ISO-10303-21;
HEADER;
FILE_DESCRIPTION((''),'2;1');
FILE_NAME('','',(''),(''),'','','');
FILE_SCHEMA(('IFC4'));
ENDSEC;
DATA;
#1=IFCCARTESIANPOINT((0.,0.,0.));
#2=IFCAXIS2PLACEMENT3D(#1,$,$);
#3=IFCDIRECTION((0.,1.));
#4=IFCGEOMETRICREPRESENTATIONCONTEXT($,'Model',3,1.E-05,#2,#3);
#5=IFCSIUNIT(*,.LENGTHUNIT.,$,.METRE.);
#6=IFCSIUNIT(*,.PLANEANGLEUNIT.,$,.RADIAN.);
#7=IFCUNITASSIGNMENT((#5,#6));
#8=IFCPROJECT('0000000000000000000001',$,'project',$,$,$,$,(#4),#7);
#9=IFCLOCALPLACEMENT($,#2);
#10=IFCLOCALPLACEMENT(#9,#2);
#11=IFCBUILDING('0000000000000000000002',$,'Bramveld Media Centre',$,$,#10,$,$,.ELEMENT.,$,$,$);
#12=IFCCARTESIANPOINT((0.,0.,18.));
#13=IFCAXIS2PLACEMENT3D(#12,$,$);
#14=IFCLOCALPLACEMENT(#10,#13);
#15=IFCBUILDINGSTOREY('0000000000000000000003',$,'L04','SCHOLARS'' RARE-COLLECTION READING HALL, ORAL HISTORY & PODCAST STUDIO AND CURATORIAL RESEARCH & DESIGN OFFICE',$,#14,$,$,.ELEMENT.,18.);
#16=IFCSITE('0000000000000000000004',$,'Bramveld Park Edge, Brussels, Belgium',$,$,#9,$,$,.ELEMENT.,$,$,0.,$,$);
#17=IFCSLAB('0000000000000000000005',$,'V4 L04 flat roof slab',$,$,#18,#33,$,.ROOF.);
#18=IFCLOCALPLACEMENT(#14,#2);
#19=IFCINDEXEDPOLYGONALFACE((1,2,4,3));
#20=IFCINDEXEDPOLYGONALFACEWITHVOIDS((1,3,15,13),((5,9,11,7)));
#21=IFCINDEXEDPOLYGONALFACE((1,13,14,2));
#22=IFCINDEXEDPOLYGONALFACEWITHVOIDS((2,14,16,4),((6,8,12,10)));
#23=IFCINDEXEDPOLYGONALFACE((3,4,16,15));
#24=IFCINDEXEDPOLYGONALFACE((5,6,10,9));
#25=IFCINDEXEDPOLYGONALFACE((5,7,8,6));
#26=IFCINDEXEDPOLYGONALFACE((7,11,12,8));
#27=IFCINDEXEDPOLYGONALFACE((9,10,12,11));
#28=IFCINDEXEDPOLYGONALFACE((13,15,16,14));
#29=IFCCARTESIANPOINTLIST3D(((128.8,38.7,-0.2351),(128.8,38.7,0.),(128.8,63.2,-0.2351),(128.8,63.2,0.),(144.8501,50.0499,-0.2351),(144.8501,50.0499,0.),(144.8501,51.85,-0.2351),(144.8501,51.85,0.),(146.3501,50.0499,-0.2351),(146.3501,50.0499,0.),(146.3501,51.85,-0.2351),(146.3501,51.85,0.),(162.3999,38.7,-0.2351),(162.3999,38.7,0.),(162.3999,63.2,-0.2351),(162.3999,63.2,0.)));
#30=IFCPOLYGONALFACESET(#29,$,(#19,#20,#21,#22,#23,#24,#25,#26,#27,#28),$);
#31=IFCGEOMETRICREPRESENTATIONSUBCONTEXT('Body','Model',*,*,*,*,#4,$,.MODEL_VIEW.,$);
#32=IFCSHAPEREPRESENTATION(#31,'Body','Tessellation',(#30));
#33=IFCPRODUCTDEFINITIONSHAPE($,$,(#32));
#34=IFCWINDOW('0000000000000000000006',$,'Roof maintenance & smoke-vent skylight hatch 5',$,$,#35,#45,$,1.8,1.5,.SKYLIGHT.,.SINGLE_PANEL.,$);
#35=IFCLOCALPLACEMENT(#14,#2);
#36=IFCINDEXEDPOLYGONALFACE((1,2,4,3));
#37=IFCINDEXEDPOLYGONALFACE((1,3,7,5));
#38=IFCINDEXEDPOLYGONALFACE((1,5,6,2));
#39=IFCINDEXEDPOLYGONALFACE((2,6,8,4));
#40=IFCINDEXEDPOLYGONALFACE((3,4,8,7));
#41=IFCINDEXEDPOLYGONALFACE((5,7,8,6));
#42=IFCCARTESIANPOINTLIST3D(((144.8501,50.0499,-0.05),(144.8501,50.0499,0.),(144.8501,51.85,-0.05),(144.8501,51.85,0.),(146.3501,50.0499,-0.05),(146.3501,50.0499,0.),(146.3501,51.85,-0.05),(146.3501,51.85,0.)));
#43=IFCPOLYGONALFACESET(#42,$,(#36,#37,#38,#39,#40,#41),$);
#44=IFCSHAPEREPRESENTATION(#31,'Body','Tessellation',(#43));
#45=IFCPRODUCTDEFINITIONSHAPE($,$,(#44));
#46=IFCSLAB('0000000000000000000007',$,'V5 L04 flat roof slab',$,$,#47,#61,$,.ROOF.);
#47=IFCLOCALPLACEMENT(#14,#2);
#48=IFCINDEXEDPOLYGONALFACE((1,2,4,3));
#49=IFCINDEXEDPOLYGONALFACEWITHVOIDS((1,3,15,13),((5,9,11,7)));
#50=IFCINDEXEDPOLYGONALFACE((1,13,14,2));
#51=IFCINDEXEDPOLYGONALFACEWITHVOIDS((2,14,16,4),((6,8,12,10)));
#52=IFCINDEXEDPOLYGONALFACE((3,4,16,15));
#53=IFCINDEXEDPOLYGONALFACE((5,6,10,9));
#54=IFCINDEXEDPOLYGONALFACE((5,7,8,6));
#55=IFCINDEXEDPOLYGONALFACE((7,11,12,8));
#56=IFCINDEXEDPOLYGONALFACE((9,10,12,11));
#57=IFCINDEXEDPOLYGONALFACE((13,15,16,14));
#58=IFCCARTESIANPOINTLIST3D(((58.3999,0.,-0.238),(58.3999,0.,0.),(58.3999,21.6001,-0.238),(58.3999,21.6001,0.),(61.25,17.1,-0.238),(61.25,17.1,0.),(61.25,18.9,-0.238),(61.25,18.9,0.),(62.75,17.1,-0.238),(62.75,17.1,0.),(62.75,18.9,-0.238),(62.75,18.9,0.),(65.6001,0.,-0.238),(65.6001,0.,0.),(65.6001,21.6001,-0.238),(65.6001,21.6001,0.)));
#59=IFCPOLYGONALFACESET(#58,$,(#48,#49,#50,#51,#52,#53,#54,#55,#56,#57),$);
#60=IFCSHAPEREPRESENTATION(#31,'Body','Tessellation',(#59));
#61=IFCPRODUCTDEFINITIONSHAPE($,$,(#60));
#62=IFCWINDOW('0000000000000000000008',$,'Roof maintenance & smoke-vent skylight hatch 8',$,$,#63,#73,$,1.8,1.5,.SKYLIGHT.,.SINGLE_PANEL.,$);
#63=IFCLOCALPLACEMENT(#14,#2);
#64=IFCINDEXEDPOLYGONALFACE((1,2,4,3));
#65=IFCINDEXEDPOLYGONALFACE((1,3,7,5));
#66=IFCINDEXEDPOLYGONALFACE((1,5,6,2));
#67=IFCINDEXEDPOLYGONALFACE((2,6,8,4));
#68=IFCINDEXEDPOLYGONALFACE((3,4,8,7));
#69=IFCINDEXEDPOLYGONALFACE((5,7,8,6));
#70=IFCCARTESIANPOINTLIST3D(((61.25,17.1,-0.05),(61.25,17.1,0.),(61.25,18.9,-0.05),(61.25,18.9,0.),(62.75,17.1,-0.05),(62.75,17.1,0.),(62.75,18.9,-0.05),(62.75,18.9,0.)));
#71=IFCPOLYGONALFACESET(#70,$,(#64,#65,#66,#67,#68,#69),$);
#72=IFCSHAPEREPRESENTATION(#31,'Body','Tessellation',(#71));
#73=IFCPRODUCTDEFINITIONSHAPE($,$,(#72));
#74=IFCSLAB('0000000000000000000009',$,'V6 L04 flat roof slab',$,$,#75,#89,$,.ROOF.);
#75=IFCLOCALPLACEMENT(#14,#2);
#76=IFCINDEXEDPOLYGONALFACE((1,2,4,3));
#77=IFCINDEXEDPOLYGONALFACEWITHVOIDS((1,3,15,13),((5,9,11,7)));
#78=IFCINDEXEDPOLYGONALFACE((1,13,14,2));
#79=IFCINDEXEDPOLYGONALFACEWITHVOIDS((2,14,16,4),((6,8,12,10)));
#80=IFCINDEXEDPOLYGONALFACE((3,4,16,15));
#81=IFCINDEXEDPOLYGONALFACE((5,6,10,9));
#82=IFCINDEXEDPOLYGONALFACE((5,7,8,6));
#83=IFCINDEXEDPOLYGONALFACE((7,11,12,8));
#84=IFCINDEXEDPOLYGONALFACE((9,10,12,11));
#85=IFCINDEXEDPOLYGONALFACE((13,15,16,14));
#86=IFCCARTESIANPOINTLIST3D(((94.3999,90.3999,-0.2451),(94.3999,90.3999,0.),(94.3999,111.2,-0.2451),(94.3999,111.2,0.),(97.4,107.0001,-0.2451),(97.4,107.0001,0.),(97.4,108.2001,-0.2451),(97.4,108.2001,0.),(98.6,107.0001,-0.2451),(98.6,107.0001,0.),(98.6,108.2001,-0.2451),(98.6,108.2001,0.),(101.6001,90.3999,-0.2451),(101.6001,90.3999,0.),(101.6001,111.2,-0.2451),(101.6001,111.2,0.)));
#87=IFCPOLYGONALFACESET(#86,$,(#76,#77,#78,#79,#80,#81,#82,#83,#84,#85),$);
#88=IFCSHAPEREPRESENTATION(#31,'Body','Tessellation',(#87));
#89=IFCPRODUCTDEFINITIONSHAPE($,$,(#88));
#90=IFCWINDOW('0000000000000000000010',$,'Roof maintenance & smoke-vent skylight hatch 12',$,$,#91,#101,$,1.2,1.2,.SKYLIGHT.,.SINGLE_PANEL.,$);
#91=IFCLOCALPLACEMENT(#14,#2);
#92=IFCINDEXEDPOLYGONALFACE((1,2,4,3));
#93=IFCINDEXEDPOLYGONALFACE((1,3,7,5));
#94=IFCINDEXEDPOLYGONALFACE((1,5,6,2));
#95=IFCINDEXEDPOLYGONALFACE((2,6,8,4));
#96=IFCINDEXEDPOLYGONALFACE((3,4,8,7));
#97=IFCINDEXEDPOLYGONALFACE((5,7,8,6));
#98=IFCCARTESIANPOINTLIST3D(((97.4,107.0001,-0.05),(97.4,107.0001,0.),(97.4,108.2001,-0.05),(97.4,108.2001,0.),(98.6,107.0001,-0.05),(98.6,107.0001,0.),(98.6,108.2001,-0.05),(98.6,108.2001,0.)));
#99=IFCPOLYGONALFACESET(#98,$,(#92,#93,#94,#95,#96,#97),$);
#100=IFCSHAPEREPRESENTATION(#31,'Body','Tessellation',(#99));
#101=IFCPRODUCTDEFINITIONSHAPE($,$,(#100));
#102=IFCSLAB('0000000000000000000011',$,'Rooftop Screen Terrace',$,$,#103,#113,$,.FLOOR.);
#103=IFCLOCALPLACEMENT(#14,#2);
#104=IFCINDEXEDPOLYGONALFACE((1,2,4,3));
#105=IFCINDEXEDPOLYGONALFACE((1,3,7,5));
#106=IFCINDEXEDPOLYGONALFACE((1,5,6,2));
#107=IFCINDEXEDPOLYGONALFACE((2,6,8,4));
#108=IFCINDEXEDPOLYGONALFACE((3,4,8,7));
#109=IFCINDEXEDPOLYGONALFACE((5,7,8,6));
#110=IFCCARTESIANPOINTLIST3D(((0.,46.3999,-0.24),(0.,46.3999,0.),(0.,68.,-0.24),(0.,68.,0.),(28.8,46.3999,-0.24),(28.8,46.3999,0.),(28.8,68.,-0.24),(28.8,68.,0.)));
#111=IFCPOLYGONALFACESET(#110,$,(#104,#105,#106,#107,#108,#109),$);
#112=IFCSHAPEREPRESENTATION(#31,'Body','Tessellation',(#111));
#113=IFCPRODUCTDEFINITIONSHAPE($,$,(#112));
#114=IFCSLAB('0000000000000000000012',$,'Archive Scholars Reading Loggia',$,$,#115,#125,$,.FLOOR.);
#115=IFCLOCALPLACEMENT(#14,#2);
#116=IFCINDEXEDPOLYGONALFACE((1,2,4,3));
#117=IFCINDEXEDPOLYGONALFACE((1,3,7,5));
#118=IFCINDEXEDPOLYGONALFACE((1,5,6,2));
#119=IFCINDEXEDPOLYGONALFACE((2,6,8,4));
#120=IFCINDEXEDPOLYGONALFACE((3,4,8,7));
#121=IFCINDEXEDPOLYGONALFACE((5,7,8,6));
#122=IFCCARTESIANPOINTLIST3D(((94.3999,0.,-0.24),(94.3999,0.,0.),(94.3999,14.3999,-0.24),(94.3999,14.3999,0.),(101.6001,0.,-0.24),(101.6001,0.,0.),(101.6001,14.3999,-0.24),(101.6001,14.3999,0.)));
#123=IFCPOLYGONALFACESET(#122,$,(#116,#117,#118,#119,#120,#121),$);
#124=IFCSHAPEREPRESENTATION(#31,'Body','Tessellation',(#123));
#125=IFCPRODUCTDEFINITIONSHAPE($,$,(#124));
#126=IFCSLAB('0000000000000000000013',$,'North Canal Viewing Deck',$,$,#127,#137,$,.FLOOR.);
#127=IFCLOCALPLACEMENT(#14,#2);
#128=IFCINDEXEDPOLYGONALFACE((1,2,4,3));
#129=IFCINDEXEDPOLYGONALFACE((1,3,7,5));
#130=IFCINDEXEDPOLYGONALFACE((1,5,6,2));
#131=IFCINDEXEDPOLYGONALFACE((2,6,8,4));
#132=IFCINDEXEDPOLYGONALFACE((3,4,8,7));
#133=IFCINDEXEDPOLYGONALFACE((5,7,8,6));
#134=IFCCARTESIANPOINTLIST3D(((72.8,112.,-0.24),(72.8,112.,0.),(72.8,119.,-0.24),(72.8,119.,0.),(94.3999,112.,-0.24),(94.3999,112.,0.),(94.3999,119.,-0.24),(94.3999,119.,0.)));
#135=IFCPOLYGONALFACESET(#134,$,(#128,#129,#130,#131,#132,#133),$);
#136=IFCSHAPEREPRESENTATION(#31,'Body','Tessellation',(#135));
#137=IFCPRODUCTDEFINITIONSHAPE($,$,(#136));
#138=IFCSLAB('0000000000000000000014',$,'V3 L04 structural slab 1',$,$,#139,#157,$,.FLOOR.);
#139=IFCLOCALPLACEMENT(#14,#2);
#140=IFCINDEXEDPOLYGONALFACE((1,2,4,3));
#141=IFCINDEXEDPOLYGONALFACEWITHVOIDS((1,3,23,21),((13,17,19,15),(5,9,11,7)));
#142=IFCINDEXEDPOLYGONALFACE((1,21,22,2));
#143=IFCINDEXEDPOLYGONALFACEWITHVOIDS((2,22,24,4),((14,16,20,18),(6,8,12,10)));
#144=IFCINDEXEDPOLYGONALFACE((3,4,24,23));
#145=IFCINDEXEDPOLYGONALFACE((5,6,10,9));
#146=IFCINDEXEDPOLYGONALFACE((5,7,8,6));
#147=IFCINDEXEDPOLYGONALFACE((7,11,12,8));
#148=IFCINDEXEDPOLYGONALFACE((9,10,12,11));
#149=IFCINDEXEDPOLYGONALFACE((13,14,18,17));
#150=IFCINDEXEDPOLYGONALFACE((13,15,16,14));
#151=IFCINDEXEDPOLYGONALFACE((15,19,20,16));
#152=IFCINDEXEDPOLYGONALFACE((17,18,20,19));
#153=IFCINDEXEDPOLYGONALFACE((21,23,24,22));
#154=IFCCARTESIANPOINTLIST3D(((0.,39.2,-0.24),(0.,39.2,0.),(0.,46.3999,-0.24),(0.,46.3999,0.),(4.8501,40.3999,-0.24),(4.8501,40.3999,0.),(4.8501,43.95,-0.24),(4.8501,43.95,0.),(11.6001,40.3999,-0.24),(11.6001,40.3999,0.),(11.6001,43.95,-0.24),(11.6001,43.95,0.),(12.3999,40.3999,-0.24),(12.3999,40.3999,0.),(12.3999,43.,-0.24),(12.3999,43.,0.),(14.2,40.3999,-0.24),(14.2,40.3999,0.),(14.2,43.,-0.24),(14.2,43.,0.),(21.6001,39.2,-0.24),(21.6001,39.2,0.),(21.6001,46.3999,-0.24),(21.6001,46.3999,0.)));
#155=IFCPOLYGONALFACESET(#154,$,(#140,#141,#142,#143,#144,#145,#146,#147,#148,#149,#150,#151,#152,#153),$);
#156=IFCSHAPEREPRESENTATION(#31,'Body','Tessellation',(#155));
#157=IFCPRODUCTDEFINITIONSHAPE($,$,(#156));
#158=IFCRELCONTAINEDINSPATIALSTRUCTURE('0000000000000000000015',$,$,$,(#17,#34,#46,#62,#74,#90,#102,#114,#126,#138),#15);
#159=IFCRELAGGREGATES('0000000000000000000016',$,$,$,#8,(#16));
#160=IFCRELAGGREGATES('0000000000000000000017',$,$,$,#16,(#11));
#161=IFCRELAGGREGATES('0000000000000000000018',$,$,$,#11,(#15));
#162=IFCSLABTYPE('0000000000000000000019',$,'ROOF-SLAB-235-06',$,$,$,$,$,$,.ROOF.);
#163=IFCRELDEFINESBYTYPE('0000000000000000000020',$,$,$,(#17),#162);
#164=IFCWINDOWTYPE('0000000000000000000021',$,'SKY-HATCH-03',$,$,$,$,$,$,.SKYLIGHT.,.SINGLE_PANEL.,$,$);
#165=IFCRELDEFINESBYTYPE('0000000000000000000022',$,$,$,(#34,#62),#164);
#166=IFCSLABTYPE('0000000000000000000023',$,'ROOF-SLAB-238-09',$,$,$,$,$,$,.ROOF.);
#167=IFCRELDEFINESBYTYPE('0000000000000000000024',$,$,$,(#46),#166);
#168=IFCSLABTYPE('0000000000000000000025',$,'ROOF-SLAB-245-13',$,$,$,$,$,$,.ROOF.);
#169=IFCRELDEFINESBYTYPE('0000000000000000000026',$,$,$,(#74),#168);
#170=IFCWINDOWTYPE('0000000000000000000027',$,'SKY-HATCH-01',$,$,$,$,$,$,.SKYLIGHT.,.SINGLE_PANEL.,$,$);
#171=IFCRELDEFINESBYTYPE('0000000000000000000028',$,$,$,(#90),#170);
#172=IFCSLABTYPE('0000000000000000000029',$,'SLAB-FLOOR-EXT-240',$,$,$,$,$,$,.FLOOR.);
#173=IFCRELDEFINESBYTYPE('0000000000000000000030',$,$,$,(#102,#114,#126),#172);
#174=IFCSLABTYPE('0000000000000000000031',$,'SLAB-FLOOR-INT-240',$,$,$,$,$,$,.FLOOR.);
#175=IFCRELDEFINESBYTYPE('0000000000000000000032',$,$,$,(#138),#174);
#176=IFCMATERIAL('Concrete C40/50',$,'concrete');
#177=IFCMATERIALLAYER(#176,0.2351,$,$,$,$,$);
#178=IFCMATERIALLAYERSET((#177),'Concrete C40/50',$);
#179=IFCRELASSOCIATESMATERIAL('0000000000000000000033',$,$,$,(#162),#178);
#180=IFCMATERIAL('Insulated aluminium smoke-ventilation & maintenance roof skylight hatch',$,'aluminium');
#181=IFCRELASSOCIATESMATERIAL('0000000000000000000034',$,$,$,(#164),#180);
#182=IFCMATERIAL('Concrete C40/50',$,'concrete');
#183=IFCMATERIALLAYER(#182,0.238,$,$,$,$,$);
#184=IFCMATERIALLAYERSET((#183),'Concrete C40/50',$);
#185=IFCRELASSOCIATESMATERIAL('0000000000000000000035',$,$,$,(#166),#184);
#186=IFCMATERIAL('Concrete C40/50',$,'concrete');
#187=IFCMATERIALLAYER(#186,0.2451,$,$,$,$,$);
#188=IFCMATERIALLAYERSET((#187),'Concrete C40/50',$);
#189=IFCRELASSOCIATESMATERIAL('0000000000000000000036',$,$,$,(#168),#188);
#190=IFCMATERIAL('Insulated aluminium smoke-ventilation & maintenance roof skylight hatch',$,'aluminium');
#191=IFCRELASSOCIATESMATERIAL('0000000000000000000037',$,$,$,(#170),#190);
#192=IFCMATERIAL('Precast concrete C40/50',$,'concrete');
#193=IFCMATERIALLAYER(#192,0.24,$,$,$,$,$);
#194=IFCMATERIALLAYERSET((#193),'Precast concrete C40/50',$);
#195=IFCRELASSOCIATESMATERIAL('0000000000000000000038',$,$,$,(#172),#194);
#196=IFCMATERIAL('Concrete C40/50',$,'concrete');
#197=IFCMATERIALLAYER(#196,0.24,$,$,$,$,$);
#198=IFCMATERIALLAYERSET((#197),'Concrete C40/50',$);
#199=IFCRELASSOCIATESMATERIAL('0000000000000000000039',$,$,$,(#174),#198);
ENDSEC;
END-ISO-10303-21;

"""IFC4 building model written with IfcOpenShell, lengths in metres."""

from ifc_helpers import new_model, si_unit, direction, frame, origin, origin_2d, place, context, subcontext, project, spatial, polyline, rectangle, outline, extrude, material, layer, layer_set, type_object, element, fill, save


model = new_model("IFC4")

# Units and contexts
model_context = context("Model", 3, precision=1e-05, world=origin(), true_north=direction((0.0, 1.0)))
body_context = subcontext(model_context, "Body", "Model", "MODEL_VIEW")
ifc_project = project(units=[si_unit("LENGTHUNIT", "METRE"), si_unit("PLANEANGLEUNIT", "RADIAN")], contexts=[model_context])

# Site, building, storey
site_placement = place(None, origin())
site = spatial("IfcSite", under=ifc_project, at=site_placement, Name="Bramveld Park Edge, Brussels, Belgium", CompositionType="ELEMENT", RefElevation=0.0)
building_placement = place(site_placement, origin())
building = spatial("IfcBuilding", under=site, at=building_placement, Name="Bramveld Media Centre", CompositionType="ELEMENT")
storey_placement = place(building_placement, frame((0.0, 0.0, 18.0)))
storey = spatial("IfcBuildingStorey", under=building, at=storey_placement, Name="L04", Description="SCHOLARS' RARE-COLLECTION READING HALL, ORAL HISTORY & PODCAST STUDIO AND CURATORIAL RESEARCH & DESIGN OFFICE", CompositionType="ELEMENT", Elevation=18.0)

# Slabs, openings, windows
ifc_material_1 = material(Name="Concrete C40/50", Category="concrete")
ifc_layer_1 = layer(ifc_material_1, 0.2351)
ifc_layer_set_1 = layer_set([ifc_layer_1], Name="Concrete C40/50")
slab_type_1 = type_object("IfcSlabType", Name="ROOF-SLAB-235-06", PredefinedType="ROOF", material=ifc_layer_set_1)
slab_1_placement = place(storey_placement, frame((0.0, 0.0, -0.2351)))
slab_1 = element("IfcSlab", 1, at=slab_1_placement, inside=storey, type_object=slab_type_1, Name="V4 L04 flat roof slab", PredefinedType="ROOF", context=body_context, shape_type="SweptSolid", body=[
    extrude(outline(polyline([(128.8, 38.7), (162.3999, 38.7), (162.3999, 63.2), (128.8, 63.2), (128.8, 38.7)])), origin(), (0.0, 0.0, 1.0), 0.2351),
])
opening_1_placement = place(slab_1_placement, frame((145.6001, 50.95, 0.0)))
opening_1 = element("IfcOpeningElement", 2, at=opening_1_placement, cuts=slab_1, PredefinedType="OPENING", context=body_context, shape_type="SweptSolid", body=[
    extrude(rectangle(XDim=1.5, YDim=1.8, at=origin_2d()), origin(), (0.0, 0.0, 1.0), 0.2351),
])
ifc_material_2 = material(Name="Insulated aluminium smoke-ventilation & maintenance roof skylight hatch", Category="aluminium")
window_type_1 = type_object("IfcWindowType", Name="SKY-HATCH-03", PartitioningType="SINGLE_PANEL", PredefinedType="SKYLIGHT", material=ifc_material_2)
window_1_placement = place(opening_1_placement, frame((0.0, 0.0, 0.1851)))
window_1 = element("IfcWindow", 3, at=window_1_placement, inside=storey, type_object=window_type_1, Name="Roof maintenance & smoke-vent skylight hatch 5", OverallHeight=1.8, OverallWidth=1.5, PartitioningType="SINGLE_PANEL", PredefinedType="SKYLIGHT", context=body_context, shape_type="SweptSolid", body=[
    extrude(rectangle(XDim=1.5, YDim=1.8, at=origin_2d()), origin(), (0.0, 0.0, 1.0), 0.05),
])
fill(opening_1, window_1)
ifc_material_3 = material(Name="Concrete C40/50", Category="concrete")
ifc_layer_2 = layer(ifc_material_3, 0.238)
ifc_layer_set_2 = layer_set([ifc_layer_2], Name="Concrete C40/50")
slab_type_2 = type_object("IfcSlabType", Name="ROOF-SLAB-238-09", PredefinedType="ROOF", material=ifc_layer_set_2)
slab_2_placement = place(storey_placement, frame((0.0, 0.0, -0.238)))
slab_2 = element("IfcSlab", 4, at=slab_2_placement, inside=storey, type_object=slab_type_2, Name="V5 L04 flat roof slab", PredefinedType="ROOF", context=body_context, shape_type="SweptSolid", body=[
    extrude(outline(polyline([(58.3999, 0.0), (65.6001, 0.0), (65.6001, 21.6001), (58.3999, 21.6001), (58.3999, 0.0)])), origin(), (0.0, 0.0, 1.0), 0.238),
])
opening_2_placement = place(slab_2_placement, frame((62.0, 18.0, 0.0)))
opening_2 = element("IfcOpeningElement", 5, at=opening_2_placement, cuts=slab_2, PredefinedType="OPENING", context=body_context, shape_type="SweptSolid", body=[
    extrude(rectangle(XDim=1.5, YDim=1.8, at=origin_2d()), origin(), (0.0, 0.0, 1.0), 0.238),
])
window_2_placement = place(opening_2_placement, frame((0.0, 0.0, 0.188)))
window_2 = element("IfcWindow", 6, at=window_2_placement, inside=storey, type_object=window_type_1, Name="Roof maintenance & smoke-vent skylight hatch 8", OverallHeight=1.8, OverallWidth=1.5, PartitioningType="SINGLE_PANEL", PredefinedType="SKYLIGHT", context=body_context, shape_type="SweptSolid", body=[
    extrude(rectangle(XDim=1.5, YDim=1.8, at=origin_2d()), origin(), (0.0, 0.0, 1.0), 0.05),
])
fill(opening_2, window_2)
ifc_material_4 = material(Name="Concrete C40/50", Category="concrete")
ifc_layer_3 = layer(ifc_material_4, 0.2451)
ifc_layer_set_3 = layer_set([ifc_layer_3], Name="Concrete C40/50")
slab_type_3 = type_object("IfcSlabType", Name="ROOF-SLAB-245-13", PredefinedType="ROOF", material=ifc_layer_set_3)
slab_3_placement = place(storey_placement, frame((0.0, 0.0, -0.2451)))
slab_3 = element("IfcSlab", 7, at=slab_3_placement, inside=storey, type_object=slab_type_3, Name="V6 L04 flat roof slab", PredefinedType="ROOF", context=body_context, shape_type="SweptSolid", body=[
    extrude(outline(polyline([(94.3999, 90.3999), (101.6001, 90.3999), (101.6001, 111.2), (94.3999, 111.2), (94.3999, 90.3999)])), origin(), (0.0, 0.0, 1.0), 0.2451),
])
opening_3_placement = place(slab_3_placement, frame((98.0, 107.6001, 0.0)))
opening_3 = element("IfcOpeningElement", 8, at=opening_3_placement, cuts=slab_3, PredefinedType="OPENING", context=body_context, shape_type="SweptSolid", body=[
    extrude(rectangle(XDim=1.2, YDim=1.2, at=origin_2d()), origin(), (0.0, 0.0, 1.0), 0.2451),
])
ifc_material_5 = material(Name="Insulated aluminium smoke-ventilation & maintenance roof skylight hatch", Category="aluminium")
window_type_2 = type_object("IfcWindowType", Name="SKY-HATCH-01", PartitioningType="SINGLE_PANEL", PredefinedType="SKYLIGHT", material=ifc_material_5)
window_3_placement = place(opening_3_placement, frame((0.0, 0.0, 0.1951)))
window_3 = element("IfcWindow", 9, at=window_3_placement, inside=storey, type_object=window_type_2, Name="Roof maintenance & smoke-vent skylight hatch 12", OverallHeight=1.2, OverallWidth=1.2, PartitioningType="SINGLE_PANEL", PredefinedType="SKYLIGHT", context=body_context, shape_type="SweptSolid", body=[
    extrude(rectangle(XDim=1.2, YDim=1.2, at=origin_2d()), origin(), (0.0, 0.0, 1.0), 0.05),
])
fill(opening_3, window_3)

# Slabs
ifc_material_6 = material(Name="Precast concrete C40/50", Category="concrete")
ifc_layer_4 = layer(ifc_material_6, 0.24)
ifc_layer_set_4 = layer_set([ifc_layer_4], Name="Precast concrete C40/50")
slab_type_4 = type_object("IfcSlabType", Name="SLAB-FLOOR-EXT-240", PredefinedType="FLOOR", material=ifc_layer_set_4)
slab_4_placement = place(storey_placement, frame((0.0, 0.0, -0.24)))
element("IfcSlab", 10, at=slab_4_placement, inside=storey, type_object=slab_type_4, Name="Rooftop Screen Terrace", PredefinedType="FLOOR", context=body_context, shape_type="SweptSolid", body=[
    extrude(outline(polyline([(0.0, 46.3999), (28.8, 46.3999), (28.8, 68.0), (0.0, 68.0), (0.0, 46.3999)])), origin(), (0.0, 0.0, 1.0), 0.24),
])
slab_5_placement = place(storey_placement, frame((0.0, 0.0, -0.24)))
element("IfcSlab", 11, at=slab_5_placement, inside=storey, type_object=slab_type_4, Name="Archive Scholars Reading Loggia", PredefinedType="FLOOR", context=body_context, shape_type="SweptSolid", body=[
    extrude(outline(polyline([(94.3999, 0.0), (101.6001, 0.0), (101.6001, 14.3999), (94.3999, 14.3999), (94.3999, 0.0)])), origin(), (0.0, 0.0, 1.0), 0.24),
])
slab_6_placement = place(storey_placement, frame((0.0, 0.0, -0.24)))
element("IfcSlab", 12, at=slab_6_placement, inside=storey, type_object=slab_type_4, Name="North Canal Viewing Deck", PredefinedType="FLOOR", context=body_context, shape_type="SweptSolid", body=[
    extrude(outline(polyline([(72.8, 112.0), (94.3999, 112.0), (94.3999, 119.0), (72.8, 119.0), (72.8, 112.0)])), origin(), (0.0, 0.0, 1.0), 0.24),
])
ifc_material_7 = material(Name="Concrete C40/50", Category="concrete")
ifc_layer_5 = layer(ifc_material_7, 0.24)
ifc_layer_set_5 = layer_set([ifc_layer_5], Name="Concrete C40/50")
slab_type_5 = type_object("IfcSlabType", Name="SLAB-FLOOR-INT-240", PredefinedType="FLOOR", material=ifc_layer_set_5)
slab_7_placement = place(storey_placement, frame((0.0, 0.0, -0.24)))
element("IfcSlab", 13, at=slab_7_placement, inside=storey, type_object=slab_type_5, Name="V3 L04 structural slab 1", PredefinedType="FLOOR", context=body_context, shape_type="SweptSolid", body=[
    extrude(outline(polyline([(0.0, 46.3999), (21.6001, 46.3999), (21.6001, 39.2), (0.0, 39.2), (0.0, 46.3999)]), holes=[polyline([(14.2, 40.3999), (14.2, 43.0), (12.3999, 43.0), (12.3999, 40.3999), (14.2, 40.3999)]), polyline([(4.8501, 40.3999), (11.6001, 40.3999), (11.6001, 43.95), (4.8501, 43.95), (4.8501, 40.3999)])]), origin(), (0.0, 0.0, 1.0), 0.24),
])

save(model, "model.ifc")
